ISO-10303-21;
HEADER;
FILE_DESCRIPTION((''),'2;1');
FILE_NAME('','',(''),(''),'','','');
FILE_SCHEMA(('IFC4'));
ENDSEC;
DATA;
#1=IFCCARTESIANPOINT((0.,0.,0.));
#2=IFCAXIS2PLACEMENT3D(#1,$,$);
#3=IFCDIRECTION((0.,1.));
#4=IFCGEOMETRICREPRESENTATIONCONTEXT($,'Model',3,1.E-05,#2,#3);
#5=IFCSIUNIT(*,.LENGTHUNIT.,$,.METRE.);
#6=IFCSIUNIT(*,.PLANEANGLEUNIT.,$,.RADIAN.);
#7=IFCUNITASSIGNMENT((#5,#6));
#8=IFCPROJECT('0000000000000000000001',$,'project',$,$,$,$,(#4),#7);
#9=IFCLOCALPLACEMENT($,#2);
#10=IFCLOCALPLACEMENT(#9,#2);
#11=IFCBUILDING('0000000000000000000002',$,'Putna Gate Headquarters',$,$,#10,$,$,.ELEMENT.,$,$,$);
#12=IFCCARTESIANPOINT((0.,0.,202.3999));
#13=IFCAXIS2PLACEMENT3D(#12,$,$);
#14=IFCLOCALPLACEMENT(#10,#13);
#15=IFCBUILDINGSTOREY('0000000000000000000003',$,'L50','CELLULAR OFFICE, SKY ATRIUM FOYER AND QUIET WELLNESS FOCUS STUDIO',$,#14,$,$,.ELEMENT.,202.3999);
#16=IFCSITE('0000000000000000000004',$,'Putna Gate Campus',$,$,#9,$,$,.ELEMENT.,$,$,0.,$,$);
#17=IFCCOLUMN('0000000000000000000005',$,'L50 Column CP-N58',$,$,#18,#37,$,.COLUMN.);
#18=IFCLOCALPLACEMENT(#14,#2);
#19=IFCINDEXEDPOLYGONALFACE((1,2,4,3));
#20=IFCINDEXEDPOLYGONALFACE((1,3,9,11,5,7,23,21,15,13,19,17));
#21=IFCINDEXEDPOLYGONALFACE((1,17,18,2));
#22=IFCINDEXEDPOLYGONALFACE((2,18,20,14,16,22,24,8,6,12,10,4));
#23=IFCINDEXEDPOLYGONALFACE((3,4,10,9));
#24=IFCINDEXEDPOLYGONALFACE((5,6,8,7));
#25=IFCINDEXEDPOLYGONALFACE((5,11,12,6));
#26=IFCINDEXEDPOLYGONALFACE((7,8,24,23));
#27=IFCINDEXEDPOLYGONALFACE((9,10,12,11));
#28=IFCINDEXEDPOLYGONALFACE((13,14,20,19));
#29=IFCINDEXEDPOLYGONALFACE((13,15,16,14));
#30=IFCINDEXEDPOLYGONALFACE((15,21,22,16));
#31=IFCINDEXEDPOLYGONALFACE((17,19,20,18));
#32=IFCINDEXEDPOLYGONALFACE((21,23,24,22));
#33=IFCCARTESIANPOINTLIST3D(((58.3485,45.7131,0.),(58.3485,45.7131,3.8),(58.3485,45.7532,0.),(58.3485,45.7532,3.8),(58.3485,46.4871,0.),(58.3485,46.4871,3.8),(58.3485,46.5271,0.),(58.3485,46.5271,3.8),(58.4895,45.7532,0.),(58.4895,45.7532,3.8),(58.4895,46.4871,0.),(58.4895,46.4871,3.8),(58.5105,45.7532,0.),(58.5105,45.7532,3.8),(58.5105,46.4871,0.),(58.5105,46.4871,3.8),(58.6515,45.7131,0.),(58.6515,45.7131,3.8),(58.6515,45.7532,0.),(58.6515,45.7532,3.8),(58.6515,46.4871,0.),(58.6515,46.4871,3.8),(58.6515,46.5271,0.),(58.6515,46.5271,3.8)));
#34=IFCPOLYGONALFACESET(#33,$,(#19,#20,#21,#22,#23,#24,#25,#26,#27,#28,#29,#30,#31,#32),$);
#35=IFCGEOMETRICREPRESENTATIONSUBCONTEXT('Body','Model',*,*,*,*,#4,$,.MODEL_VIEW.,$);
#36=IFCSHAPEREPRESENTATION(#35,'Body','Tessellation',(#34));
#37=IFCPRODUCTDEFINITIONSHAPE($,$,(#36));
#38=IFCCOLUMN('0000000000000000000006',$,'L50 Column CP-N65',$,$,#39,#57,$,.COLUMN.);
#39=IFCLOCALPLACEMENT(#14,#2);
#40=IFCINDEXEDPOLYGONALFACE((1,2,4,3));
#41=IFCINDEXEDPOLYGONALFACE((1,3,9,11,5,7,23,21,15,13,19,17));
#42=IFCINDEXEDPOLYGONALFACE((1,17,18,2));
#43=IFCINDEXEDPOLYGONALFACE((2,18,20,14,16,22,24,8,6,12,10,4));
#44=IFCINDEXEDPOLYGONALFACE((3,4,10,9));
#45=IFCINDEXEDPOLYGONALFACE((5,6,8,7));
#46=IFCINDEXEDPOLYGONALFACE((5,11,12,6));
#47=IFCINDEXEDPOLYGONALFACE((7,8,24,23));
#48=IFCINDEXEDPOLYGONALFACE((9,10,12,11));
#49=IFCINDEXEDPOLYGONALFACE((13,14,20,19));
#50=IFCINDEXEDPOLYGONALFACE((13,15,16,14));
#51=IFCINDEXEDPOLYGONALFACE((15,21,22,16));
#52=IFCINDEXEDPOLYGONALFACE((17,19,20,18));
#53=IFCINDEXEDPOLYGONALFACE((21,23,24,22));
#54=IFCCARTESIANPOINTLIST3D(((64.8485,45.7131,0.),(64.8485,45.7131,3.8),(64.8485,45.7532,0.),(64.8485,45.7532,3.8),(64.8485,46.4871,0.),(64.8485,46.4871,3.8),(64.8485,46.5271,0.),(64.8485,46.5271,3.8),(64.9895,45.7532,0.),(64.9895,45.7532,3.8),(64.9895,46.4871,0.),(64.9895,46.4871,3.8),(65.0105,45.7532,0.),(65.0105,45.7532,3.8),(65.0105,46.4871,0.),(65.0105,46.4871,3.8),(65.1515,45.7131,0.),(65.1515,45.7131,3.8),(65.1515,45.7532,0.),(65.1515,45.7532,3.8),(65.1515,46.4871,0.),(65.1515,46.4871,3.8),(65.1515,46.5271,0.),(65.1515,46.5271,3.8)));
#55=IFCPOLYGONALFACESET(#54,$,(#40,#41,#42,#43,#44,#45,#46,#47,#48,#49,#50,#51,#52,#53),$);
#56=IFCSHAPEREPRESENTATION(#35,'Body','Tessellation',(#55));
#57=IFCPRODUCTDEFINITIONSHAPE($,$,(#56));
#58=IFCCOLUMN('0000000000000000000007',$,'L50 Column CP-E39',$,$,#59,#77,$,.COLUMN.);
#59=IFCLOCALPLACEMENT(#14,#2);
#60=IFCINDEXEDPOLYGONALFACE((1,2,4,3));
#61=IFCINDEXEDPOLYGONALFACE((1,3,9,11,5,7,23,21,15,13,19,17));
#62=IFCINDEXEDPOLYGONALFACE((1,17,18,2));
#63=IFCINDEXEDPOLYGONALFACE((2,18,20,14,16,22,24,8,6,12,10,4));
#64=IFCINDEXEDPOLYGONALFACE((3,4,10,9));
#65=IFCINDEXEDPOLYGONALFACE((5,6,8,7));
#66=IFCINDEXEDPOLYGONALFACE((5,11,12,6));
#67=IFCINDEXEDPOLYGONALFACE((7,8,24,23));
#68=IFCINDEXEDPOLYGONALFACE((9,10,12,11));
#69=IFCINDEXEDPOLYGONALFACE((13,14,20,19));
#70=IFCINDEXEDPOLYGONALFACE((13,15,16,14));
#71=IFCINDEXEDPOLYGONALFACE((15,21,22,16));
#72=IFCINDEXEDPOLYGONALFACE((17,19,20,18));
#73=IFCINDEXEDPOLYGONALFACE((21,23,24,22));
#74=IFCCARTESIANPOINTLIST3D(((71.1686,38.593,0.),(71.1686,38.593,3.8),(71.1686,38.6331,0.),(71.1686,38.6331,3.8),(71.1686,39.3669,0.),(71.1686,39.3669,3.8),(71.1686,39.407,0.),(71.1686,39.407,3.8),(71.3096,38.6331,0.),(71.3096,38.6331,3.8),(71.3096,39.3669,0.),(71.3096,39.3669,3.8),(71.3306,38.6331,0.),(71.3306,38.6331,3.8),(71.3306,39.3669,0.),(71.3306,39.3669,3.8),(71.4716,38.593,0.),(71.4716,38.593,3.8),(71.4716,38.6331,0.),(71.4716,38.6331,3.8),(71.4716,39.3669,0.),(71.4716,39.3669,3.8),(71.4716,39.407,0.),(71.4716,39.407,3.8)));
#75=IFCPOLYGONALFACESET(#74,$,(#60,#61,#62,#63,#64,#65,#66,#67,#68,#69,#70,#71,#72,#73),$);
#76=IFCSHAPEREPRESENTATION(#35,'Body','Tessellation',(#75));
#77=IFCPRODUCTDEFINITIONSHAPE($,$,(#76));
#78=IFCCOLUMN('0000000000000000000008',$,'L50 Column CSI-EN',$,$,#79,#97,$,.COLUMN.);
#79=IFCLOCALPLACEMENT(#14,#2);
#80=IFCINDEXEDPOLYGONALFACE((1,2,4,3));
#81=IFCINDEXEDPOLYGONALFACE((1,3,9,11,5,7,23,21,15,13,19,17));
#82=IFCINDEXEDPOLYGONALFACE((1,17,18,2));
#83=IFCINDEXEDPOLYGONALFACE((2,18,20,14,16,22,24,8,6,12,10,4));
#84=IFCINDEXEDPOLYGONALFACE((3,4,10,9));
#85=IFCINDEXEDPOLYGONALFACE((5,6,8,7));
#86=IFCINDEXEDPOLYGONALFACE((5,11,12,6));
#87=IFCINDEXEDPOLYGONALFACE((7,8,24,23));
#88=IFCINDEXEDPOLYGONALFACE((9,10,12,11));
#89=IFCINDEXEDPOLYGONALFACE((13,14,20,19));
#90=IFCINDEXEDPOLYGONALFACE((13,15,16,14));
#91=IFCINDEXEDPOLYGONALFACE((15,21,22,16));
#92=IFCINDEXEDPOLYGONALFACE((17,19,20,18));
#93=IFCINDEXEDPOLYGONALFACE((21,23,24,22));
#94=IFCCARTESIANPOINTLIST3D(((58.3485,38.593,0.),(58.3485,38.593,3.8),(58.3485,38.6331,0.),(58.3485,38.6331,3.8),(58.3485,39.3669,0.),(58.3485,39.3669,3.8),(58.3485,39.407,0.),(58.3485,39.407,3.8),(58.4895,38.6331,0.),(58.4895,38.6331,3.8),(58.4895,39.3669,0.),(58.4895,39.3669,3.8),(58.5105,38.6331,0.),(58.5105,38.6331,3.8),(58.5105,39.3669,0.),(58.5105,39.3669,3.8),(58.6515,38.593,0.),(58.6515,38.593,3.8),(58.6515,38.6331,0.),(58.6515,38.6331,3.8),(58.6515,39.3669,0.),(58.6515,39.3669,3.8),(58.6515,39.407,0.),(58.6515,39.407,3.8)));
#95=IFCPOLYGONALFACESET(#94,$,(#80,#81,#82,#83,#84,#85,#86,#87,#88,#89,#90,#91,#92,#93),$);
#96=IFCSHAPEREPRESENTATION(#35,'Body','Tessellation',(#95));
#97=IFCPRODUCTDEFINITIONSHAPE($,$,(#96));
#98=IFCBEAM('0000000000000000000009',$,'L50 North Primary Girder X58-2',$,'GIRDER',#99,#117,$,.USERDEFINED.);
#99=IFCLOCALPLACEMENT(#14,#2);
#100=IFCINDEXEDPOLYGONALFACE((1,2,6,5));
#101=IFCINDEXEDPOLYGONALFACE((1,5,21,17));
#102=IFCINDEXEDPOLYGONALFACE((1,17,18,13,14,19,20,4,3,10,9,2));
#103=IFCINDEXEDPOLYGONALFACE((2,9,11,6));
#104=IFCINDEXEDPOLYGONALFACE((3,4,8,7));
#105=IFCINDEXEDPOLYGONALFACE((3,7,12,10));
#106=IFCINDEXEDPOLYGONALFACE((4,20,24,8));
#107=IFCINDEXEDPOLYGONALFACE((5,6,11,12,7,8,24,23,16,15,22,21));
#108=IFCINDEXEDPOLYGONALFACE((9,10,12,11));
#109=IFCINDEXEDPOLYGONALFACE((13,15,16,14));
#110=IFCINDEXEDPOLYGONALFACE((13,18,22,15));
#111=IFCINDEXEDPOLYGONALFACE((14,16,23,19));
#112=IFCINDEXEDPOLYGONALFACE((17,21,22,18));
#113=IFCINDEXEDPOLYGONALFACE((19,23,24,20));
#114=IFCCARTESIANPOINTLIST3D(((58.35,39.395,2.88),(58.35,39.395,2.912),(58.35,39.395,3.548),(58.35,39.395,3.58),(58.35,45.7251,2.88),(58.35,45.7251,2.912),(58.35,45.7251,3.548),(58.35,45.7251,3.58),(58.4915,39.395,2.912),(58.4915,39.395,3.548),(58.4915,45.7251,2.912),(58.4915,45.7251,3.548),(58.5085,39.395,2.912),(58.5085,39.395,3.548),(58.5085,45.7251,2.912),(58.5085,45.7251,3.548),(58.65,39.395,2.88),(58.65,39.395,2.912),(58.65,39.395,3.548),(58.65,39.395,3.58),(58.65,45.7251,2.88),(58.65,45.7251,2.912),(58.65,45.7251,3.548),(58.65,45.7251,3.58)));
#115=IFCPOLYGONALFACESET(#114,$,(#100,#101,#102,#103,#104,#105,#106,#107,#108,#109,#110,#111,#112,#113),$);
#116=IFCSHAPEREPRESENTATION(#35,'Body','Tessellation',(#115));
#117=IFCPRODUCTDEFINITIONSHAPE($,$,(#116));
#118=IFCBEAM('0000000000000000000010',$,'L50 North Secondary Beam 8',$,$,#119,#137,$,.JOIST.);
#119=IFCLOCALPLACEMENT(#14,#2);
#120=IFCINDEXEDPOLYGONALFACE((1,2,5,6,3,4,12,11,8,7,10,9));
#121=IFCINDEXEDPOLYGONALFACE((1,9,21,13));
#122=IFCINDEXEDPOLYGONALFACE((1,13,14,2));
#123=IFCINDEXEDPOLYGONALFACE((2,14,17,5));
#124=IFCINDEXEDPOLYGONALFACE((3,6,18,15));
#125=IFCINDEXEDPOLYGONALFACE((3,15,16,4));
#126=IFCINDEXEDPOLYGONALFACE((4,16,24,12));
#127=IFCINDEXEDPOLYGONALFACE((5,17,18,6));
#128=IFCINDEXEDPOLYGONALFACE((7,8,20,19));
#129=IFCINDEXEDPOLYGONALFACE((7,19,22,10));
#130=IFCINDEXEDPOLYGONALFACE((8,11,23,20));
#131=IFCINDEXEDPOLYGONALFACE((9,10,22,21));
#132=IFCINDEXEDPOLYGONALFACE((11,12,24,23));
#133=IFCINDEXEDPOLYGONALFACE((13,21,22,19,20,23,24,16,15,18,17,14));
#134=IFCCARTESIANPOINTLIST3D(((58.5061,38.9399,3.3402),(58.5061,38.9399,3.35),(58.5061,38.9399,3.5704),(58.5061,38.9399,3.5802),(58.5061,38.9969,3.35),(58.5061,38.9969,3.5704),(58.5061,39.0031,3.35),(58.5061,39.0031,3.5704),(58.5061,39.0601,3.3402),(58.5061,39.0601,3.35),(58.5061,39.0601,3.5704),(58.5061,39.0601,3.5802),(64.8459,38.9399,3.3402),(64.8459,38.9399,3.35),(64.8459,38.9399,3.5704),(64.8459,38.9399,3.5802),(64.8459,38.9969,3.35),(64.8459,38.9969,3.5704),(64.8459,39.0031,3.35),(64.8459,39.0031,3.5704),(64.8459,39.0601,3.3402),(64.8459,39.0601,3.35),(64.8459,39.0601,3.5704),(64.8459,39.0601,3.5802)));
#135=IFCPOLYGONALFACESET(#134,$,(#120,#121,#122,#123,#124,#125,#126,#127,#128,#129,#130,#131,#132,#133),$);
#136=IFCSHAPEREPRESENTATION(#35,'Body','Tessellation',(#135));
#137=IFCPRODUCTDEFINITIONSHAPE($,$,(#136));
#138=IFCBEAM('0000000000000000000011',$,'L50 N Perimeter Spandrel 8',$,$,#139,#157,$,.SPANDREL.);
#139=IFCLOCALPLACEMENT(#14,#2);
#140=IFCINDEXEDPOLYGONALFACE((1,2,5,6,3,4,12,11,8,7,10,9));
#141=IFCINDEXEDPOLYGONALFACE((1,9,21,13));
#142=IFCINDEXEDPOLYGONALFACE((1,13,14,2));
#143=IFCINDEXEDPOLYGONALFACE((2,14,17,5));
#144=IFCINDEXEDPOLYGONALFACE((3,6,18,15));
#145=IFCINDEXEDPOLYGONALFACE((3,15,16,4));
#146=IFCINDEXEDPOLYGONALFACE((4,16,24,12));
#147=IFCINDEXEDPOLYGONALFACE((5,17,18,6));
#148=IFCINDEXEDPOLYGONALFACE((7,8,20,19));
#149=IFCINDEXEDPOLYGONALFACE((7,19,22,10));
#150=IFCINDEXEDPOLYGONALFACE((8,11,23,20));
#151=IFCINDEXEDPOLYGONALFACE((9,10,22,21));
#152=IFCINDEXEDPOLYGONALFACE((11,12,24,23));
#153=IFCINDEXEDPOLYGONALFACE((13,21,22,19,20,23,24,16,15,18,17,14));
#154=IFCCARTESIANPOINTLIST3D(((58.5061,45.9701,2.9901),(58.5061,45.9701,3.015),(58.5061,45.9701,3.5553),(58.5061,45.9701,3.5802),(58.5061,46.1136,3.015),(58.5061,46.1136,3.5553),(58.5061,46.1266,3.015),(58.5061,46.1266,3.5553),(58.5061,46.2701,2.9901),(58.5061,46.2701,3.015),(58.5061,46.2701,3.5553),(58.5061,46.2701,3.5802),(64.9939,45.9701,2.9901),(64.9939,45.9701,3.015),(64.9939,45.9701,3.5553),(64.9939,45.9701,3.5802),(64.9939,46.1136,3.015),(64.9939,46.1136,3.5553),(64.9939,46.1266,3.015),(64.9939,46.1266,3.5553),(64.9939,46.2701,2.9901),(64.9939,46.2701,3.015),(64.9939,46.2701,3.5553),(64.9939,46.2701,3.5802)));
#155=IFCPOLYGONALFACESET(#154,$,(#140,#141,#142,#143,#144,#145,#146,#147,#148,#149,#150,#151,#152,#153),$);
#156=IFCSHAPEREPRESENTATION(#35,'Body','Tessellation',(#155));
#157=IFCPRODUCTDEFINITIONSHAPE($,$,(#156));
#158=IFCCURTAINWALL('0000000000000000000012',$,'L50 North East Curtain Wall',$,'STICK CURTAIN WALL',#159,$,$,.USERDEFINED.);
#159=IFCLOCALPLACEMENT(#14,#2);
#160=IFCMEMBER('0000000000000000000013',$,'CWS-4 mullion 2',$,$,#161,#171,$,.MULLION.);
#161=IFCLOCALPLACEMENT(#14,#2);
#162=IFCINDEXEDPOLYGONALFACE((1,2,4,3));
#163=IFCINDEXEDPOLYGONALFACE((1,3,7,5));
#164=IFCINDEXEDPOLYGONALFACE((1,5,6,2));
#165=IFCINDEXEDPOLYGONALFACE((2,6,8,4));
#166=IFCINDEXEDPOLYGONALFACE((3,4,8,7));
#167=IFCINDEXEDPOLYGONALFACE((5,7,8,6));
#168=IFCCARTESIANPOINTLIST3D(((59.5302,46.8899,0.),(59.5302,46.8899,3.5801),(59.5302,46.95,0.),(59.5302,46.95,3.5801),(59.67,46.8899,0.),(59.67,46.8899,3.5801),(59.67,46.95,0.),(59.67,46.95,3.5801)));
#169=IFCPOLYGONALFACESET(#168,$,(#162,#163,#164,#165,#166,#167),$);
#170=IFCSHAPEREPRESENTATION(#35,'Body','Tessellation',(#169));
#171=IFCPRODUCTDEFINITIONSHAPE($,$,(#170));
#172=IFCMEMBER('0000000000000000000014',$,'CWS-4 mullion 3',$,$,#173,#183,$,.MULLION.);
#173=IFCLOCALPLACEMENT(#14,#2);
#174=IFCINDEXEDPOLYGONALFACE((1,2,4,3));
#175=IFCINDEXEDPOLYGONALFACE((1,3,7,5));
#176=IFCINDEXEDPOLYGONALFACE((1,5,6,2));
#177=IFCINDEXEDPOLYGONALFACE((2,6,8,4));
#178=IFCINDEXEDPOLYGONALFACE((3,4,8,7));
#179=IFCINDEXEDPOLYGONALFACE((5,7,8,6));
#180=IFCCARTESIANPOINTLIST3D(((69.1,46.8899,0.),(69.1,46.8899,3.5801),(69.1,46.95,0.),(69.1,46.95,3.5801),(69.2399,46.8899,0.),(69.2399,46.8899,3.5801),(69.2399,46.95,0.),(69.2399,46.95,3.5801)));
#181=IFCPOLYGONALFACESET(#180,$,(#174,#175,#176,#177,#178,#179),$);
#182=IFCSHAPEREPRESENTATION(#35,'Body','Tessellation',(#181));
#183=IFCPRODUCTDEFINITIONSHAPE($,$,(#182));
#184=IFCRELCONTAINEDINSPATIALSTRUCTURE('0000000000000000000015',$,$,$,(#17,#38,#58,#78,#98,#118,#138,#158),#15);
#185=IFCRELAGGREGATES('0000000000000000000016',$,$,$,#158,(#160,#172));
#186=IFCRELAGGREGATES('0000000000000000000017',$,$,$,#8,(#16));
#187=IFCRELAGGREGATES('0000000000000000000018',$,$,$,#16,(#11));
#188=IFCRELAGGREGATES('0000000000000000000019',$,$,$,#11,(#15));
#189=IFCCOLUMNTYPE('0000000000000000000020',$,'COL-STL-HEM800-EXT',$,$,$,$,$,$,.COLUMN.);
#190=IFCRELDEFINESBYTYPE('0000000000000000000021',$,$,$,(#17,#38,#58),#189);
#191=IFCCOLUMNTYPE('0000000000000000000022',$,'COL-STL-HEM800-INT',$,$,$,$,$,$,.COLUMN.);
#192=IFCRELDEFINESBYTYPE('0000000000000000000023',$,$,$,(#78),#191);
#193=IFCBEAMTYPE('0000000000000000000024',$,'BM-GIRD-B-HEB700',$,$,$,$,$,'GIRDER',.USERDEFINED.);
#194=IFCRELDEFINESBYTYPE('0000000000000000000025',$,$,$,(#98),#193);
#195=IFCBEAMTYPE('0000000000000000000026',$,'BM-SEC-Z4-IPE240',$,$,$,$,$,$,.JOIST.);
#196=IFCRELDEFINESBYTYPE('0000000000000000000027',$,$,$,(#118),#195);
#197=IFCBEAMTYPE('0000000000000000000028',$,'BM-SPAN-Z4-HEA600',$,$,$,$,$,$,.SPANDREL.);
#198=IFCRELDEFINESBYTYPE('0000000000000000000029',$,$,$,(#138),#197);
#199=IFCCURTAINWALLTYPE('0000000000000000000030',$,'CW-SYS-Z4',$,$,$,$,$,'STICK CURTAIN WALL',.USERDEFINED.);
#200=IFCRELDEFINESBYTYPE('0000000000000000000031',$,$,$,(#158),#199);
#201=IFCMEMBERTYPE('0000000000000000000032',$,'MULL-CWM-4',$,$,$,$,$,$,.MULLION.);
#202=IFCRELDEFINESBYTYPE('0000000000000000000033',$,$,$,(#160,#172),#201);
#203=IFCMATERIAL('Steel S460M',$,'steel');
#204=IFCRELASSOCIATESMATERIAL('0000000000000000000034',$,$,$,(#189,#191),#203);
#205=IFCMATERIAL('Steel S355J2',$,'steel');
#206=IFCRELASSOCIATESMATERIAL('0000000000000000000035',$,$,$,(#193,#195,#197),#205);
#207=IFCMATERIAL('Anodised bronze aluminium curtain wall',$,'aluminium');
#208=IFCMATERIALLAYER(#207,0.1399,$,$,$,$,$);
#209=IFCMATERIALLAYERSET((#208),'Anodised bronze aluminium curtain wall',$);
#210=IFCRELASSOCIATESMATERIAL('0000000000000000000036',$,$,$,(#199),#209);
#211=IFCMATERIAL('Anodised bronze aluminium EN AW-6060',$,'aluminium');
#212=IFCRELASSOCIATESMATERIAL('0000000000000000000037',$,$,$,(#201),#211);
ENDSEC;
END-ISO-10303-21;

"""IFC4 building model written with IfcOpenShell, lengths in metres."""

from ifc_helpers import new_model, si_unit, direction, frame, origin, origin_2d, place, context, subcontext, project, spatial, rectangle, i_section, extrude, material, layer, layer_set, material_profile, profile_set, type_object, element, aggregate, save


model = new_model("IFC4")

# Units and contexts
model_context = context("Model", 3, precision=1e-05, world=origin(), true_north=direction((0.0, 1.0)))
body_context = subcontext(model_context, "Body", "Model", "MODEL_VIEW")
ifc_project = project(units=[si_unit("LENGTHUNIT", "METRE"), si_unit("PLANEANGLEUNIT", "RADIAN")], contexts=[model_context])

# Site, building, storey
site_placement = place(None, origin())
site = spatial("IfcSite", under=ifc_project, at=site_placement, Name="Putna Gate Campus", CompositionType="ELEMENT", RefElevation=0.0)
building_placement = place(site_placement, origin())
building = spatial("IfcBuilding", under=site, at=building_placement, Name="Putna Gate Headquarters", CompositionType="ELEMENT")
storey_placement = place(building_placement, frame((0.0, 0.0, 202.3999)))
storey = spatial("IfcBuildingStorey", under=building, at=storey_placement, Name="L50", Description="CELLULAR OFFICE, SKY ATRIUM FOYER AND QUIET WELLNESS FOCUS STUDIO", CompositionType="ELEMENT", Elevation=202.3999)

# Columns
ifc_material_1 = material(Name="Steel S460M", Category="steel")
ifc_material_profile_1 = material_profile(ifc_material_1, i_section(OverallWidth=0.303, OverallDepth=0.814, WebThickness=0.021, FlangeThickness=0.04, at=origin_2d()), Name="Steel S460M")
ifc_profile_set_1 = profile_set([ifc_material_profile_1], Name="Steel S460M")
column_type_1 = type_object("IfcColumnType", Name="COL-STL-HEM800-EXT", PredefinedType="COLUMN", material=ifc_profile_set_1)
for number, where, z_axis, x_axis, name in (
    (1, (58.5, 46.1201, 0.0), (0.0, 0.0, 1.0), (1.0, 0.0, 0.0), "L50 Column CP-N58"),
    (2, (65.0, 46.1201, 0.0), (0.0, 0.0, 1.0), (1.0, 0.0, 0.0), "L50 Column CP-N65"),
    (3, (71.3201, 39.0, 0.0), (0.0, 0.0, 1.0), (1.0, 0.0, 0.0), "L50 Column CP-E39"),
):
    element("IfcColumn", number, at=place(storey_placement, frame(where, z_axis=z_axis, x_axis=x_axis)), inside=storey, type_object=column_type_1, Name=name, PredefinedType="COLUMN", context=body_context, shape_type="SweptSolid", body=[
        extrude(i_section(OverallWidth=0.303, OverallDepth=0.814, WebThickness=0.021, FlangeThickness=0.04, at=origin_2d()), origin(), (0.0, 0.0, 1.0), 3.8),
    ])
ifc_material_profile_2 = material_profile(ifc_material_1, i_section(OverallWidth=0.303, OverallDepth=0.814, WebThickness=0.021, FlangeThickness=0.04, at=origin_2d()), Name="Steel S460M")
ifc_profile_set_2 = profile_set([ifc_material_profile_2], Name="Steel S460M")
column_type_2 = type_object("IfcColumnType", Name="COL-STL-HEM800-INT", PredefinedType="COLUMN", material=ifc_profile_set_2)
column_placement = place(storey_placement, frame((58.5, 39.0, 0.0), z_axis=(0.0, 0.0, 1.0), x_axis=(1.0, 0.0, 0.0)))
element("IfcColumn", 4, at=column_placement, inside=storey, type_object=column_type_2, Name="L50 Column CSI-EN", PredefinedType="COLUMN", context=body_context, shape_type="SweptSolid", body=[
    extrude(i_section(OverallWidth=0.303, OverallDepth=0.814, WebThickness=0.021, FlangeThickness=0.04, at=origin_2d()), origin(), (0.0, 0.0, 1.0), 3.8),
])

# Beams
ifc_material_2 = material(Name="Steel S355J2", Category="steel")
ifc_material_profile_3 = material_profile(ifc_material_2, i_section(OverallWidth=0.3, OverallDepth=0.7, WebThickness=0.0171, FlangeThickness=0.032, at=origin_2d()), Name="Steel S355J2")
ifc_profile_set_3 = profile_set([ifc_material_profile_3], Name="Steel S355J2")
beam_type_1 = type_object("IfcBeamType", Name="BM-GIRD-B-HEB700", ElementType="GIRDER", PredefinedType="USERDEFINED", material=ifc_profile_set_3)
beam_1_placement = place(storey_placement, frame((58.5, 39.395, 3.23), z_axis=(0.0, 1.0, 0.0), x_axis=(-1.0, 0.0, 0.0)))
element("IfcBeam", 5, at=beam_1_placement, inside=storey, type_object=beam_type_1, Name="L50 North Primary Girder X58-2", ObjectType="GIRDER", PredefinedType="USERDEFINED", context=body_context, shape_type="SweptSolid", body=[
    extrude(i_section(OverallWidth=0.3, OverallDepth=0.7, WebThickness=0.0171, FlangeThickness=0.032, at=origin_2d()), origin(), (0.0, 0.0, 1.0), 6.3301),
])
ifc_material_profile_4 = material_profile(ifc_material_2, i_section(OverallWidth=0.1201, OverallDepth=0.24, WebThickness=0.0061, FlangeThickness=0.0098, at=origin_2d()), Name="Steel S355J2")
ifc_profile_set_4 = profile_set([ifc_material_profile_4], Name="Steel S355J2")
beam_type_2 = type_object("IfcBeamType", Name="BM-SEC-Z4-IPE240", PredefinedType="JOIST", material=ifc_profile_set_4)
beam_2_placement = place(storey_placement, frame((58.5061, 39.0, 3.4602), z_axis=(1.0, 0.0, 0.0), x_axis=(0.0, 1.0, 0.0)))
element("IfcBeam", 6, at=beam_2_placement, inside=storey, type_object=beam_type_2, Name="L50 North Secondary Beam 8", PredefinedType="JOIST", context=body_context, shape_type="SweptSolid", body=[
    extrude(i_section(OverallWidth=0.1201, OverallDepth=0.24, WebThickness=0.0061, FlangeThickness=0.0098, at=origin_2d()), origin(), (0.0, 0.0, 1.0), 6.3398),
])
ifc_material_profile_5 = material_profile(ifc_material_2, i_section(OverallWidth=0.3, OverallDepth=0.5901, WebThickness=0.0129, FlangeThickness=0.0249, at=origin_2d()), Name="Steel S355J2")
ifc_profile_set_5 = profile_set([ifc_material_profile_5], Name="Steel S355J2")
beam_type_3 = type_object("IfcBeamType", Name="BM-SPAN-Z4-HEA600", PredefinedType="SPANDREL", material=ifc_profile_set_5)
beam_3_placement = place(storey_placement, frame((58.5061, 46.1201, 3.2852), z_axis=(1.0, 0.0, 0.0), x_axis=(0.0, 1.0, 0.0)))
element("IfcBeam", 7, at=beam_3_placement, inside=storey, type_object=beam_type_3, Name="L50 N Perimeter Spandrel 8", PredefinedType="SPANDREL", context=body_context, shape_type="SweptSolid", body=[
    extrude(i_section(OverallWidth=0.3, OverallDepth=0.5901, WebThickness=0.0129, FlangeThickness=0.0249, at=origin_2d()), origin(), (0.0, 0.0, 1.0), 6.4878),
])

# Curtain wall, members
ifc_material_3 = material(Name="Anodised bronze aluminium curtain wall", Category="aluminium")
ifc_layer_1 = layer(ifc_material_3, 0.1399)
ifc_layer_set_1 = layer_set([ifc_layer_1], Name="Anodised bronze aluminium curtain wall")
curtain_wall_type = type_object("IfcCurtainWallType", Name="CW-SYS-Z4", ElementType="STICK CURTAIN WALL", PredefinedType="USERDEFINED", material=ifc_layer_set_1)
curtain_wall_1_placement = place(storey_placement, origin())
curtain_wall_1 = element("IfcCurtainWall", 8, at=curtain_wall_1_placement, inside=storey, type_object=curtain_wall_type, Name="L50 North East Curtain Wall", ObjectType="STICK CURTAIN WALL", PredefinedType="USERDEFINED")
ifc_material_4 = material(Name="Anodised bronze aluminium EN AW-6060", Category="aluminium")
ifc_material_profile_6 = material_profile(ifc_material_4, rectangle(XDim=0.0601, YDim=0.1399, at=origin_2d()), Name="Anodised bronze aluminium EN AW-6060")
ifc_profile_set_6 = profile_set([ifc_material_profile_6], Name="Anodised bronze aluminium EN AW-6060")
member_type_1 = type_object("IfcMemberType", Name="MULL-CWM-4", PredefinedType="MULLION", material=ifc_profile_set_6)
member_1_placement = place(storey_placement, frame((59.6001, 46.9199, 0.0), z_axis=(0.0, 0.0, 1.0), x_axis=(0.0, 1.0, 0.0)))
member_1 = element("IfcMember", 9, at=member_1_placement, type_object=member_type_1, Name="CWS-4 mullion 2", PredefinedType="MULLION", context=body_context, shape_type="SweptSolid", body=[
    extrude(rectangle(XDim=0.0601, YDim=0.1399, at=origin_2d()), origin(), (0.0, 0.0, 1.0), 3.5801),
])
member_2_placement = place(storey_placement, frame((69.1699, 46.9199, 0.0), z_axis=(0.0, 0.0, 1.0), x_axis=(0.0, 1.0, 0.0)))
member_2 = element("IfcMember", 10, at=member_2_placement, type_object=member_type_1, Name="CWS-4 mullion 3", PredefinedType="MULLION", context=body_context, shape_type="SweptSolid", body=[
    extrude(rectangle(XDim=0.0601, YDim=0.1399, at=origin_2d()), origin(), (0.0, 0.0, 1.0), 3.5801),
])

aggregate(curtain_wall_1, [member_1, member_2])

save(model, "model.ifc")
